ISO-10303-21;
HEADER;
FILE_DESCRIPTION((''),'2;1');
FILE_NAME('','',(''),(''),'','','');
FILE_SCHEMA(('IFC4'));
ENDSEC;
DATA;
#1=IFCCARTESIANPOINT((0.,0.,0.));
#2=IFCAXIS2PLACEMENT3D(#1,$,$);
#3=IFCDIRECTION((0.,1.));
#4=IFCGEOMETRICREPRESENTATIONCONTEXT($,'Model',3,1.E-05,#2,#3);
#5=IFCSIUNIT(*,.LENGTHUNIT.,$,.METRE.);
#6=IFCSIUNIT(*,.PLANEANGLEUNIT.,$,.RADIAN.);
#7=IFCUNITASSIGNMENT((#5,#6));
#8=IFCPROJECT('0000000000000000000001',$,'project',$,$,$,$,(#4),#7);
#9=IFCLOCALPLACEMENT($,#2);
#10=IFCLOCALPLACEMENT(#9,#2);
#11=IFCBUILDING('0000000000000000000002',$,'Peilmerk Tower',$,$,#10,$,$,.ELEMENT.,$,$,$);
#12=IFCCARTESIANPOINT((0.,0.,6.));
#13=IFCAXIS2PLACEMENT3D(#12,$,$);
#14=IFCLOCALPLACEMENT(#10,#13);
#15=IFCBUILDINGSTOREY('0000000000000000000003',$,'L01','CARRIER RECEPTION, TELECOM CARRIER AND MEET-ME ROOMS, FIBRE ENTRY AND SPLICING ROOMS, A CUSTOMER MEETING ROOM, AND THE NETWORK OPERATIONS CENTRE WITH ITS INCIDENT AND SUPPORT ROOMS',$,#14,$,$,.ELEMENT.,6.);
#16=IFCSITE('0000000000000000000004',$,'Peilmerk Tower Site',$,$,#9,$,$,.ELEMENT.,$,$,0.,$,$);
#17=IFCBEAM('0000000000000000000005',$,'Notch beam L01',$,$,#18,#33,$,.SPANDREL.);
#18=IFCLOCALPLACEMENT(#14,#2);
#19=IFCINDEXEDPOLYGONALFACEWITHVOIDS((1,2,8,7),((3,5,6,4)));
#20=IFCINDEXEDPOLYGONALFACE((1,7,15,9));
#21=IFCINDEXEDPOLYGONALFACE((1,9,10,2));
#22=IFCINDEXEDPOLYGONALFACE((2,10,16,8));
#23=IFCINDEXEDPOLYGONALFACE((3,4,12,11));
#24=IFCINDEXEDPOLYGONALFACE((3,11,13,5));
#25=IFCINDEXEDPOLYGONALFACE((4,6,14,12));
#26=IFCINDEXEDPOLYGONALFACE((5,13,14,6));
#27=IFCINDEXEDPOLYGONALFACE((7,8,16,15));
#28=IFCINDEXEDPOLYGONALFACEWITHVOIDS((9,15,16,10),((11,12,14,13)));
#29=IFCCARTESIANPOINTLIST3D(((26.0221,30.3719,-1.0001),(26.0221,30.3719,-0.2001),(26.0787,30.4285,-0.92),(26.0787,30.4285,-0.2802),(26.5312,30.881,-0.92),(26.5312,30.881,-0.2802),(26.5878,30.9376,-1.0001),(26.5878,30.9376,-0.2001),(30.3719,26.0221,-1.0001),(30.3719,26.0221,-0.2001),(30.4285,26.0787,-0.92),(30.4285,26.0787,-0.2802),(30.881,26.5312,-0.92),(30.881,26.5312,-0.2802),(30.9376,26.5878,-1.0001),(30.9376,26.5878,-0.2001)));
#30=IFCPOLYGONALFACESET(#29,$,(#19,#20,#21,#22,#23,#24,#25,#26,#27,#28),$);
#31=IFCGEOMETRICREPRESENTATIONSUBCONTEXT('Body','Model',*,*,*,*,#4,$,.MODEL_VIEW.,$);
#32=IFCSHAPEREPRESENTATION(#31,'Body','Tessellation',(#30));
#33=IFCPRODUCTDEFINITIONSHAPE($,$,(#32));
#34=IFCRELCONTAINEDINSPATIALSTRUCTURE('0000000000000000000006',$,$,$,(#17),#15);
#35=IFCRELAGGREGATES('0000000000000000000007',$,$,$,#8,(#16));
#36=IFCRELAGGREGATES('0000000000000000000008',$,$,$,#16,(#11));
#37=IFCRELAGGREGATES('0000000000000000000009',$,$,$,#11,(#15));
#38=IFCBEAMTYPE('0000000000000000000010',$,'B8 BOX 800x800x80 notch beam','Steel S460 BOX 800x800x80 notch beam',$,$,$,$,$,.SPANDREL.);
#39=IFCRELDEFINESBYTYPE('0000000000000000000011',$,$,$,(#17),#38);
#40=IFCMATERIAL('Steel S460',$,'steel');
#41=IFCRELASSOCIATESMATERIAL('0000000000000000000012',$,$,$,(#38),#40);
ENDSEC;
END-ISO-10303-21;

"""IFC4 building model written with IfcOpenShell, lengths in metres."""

from ifc_helpers import new_model, si_unit, direction, frame, origin, origin_2d, place, context, subcontext, project, spatial, hollow_rectangle, extrude, material, material_profile, profile_set, type_object, element, save


model = new_model("IFC4")

# Units and contexts
model_context = context("Model", 3, precision=1e-05, world=origin(), true_north=direction((0.0, 1.0)))
body_context = subcontext(model_context, "Body", "Model", "MODEL_VIEW")
ifc_project = project(units=[si_unit("LENGTHUNIT", "METRE"), si_unit("PLANEANGLEUNIT", "RADIAN")], contexts=[model_context])

# Site, building, storey
site_placement = place(None, origin())
site = spatial("IfcSite", under=ifc_project, at=site_placement, Name="Peilmerk Tower Site", CompositionType="ELEMENT", RefElevation=0.0)
building_placement = place(site_placement, origin())
building = spatial("IfcBuilding", under=site, at=building_placement, Name="Peilmerk Tower", CompositionType="ELEMENT")
storey_placement = place(building_placement, frame((0.0, 0.0, 6.0)))
storey = spatial("IfcBuildingStorey", under=building, at=storey_placement, Name="L01", Description="CARRIER RECEPTION, TELECOM CARRIER AND MEET-ME ROOMS, FIBRE ENTRY AND SPLICING ROOMS, A CUSTOMER MEETING ROOM, AND THE NETWORK OPERATIONS CENTRE WITH ITS INCIDENT AND SUPPORT ROOMS", CompositionType="ELEMENT", Elevation=6.0)

# Beam
ifc_material_1 = material(Name="Steel S460", Category="steel")
ifc_material_profile_1 = material_profile(ifc_material_1, hollow_rectangle(XDim=0.8, YDim=0.8, WallThickness=0.0801, at=origin_2d()), Name="BOX 800x800x80")
ifc_profile_set_1 = profile_set([ifc_material_profile_1], Name="Steel S460")
beam_type_1 = type_object("IfcBeamType", Name="B8 BOX 800x800x80 notch beam", Description="Steel S460 BOX 800x800x80 notch beam", PredefinedType="SPANDREL", material=ifc_profile_set_1)
beam_1_placement = place(storey_placement, frame((26.3049, 30.6548, -0.6001), z_axis=(0.707107, -0.707107, 0.0), x_axis=(0.707107, 0.707107, 0.0)))
element("IfcBeam", 1, at=beam_1_placement, inside=storey, type_object=beam_type_1, Name="Notch beam L01", PredefinedType="SPANDREL", context=body_context, shape_type="SweptSolid", body=[
    extrude(hollow_rectangle(XDim=0.8, YDim=0.8, WallThickness=0.0801, at=origin_2d()), origin(), (0.0, 0.0, 1.0), 6.1516),
])

save(model, "model.ifc")
